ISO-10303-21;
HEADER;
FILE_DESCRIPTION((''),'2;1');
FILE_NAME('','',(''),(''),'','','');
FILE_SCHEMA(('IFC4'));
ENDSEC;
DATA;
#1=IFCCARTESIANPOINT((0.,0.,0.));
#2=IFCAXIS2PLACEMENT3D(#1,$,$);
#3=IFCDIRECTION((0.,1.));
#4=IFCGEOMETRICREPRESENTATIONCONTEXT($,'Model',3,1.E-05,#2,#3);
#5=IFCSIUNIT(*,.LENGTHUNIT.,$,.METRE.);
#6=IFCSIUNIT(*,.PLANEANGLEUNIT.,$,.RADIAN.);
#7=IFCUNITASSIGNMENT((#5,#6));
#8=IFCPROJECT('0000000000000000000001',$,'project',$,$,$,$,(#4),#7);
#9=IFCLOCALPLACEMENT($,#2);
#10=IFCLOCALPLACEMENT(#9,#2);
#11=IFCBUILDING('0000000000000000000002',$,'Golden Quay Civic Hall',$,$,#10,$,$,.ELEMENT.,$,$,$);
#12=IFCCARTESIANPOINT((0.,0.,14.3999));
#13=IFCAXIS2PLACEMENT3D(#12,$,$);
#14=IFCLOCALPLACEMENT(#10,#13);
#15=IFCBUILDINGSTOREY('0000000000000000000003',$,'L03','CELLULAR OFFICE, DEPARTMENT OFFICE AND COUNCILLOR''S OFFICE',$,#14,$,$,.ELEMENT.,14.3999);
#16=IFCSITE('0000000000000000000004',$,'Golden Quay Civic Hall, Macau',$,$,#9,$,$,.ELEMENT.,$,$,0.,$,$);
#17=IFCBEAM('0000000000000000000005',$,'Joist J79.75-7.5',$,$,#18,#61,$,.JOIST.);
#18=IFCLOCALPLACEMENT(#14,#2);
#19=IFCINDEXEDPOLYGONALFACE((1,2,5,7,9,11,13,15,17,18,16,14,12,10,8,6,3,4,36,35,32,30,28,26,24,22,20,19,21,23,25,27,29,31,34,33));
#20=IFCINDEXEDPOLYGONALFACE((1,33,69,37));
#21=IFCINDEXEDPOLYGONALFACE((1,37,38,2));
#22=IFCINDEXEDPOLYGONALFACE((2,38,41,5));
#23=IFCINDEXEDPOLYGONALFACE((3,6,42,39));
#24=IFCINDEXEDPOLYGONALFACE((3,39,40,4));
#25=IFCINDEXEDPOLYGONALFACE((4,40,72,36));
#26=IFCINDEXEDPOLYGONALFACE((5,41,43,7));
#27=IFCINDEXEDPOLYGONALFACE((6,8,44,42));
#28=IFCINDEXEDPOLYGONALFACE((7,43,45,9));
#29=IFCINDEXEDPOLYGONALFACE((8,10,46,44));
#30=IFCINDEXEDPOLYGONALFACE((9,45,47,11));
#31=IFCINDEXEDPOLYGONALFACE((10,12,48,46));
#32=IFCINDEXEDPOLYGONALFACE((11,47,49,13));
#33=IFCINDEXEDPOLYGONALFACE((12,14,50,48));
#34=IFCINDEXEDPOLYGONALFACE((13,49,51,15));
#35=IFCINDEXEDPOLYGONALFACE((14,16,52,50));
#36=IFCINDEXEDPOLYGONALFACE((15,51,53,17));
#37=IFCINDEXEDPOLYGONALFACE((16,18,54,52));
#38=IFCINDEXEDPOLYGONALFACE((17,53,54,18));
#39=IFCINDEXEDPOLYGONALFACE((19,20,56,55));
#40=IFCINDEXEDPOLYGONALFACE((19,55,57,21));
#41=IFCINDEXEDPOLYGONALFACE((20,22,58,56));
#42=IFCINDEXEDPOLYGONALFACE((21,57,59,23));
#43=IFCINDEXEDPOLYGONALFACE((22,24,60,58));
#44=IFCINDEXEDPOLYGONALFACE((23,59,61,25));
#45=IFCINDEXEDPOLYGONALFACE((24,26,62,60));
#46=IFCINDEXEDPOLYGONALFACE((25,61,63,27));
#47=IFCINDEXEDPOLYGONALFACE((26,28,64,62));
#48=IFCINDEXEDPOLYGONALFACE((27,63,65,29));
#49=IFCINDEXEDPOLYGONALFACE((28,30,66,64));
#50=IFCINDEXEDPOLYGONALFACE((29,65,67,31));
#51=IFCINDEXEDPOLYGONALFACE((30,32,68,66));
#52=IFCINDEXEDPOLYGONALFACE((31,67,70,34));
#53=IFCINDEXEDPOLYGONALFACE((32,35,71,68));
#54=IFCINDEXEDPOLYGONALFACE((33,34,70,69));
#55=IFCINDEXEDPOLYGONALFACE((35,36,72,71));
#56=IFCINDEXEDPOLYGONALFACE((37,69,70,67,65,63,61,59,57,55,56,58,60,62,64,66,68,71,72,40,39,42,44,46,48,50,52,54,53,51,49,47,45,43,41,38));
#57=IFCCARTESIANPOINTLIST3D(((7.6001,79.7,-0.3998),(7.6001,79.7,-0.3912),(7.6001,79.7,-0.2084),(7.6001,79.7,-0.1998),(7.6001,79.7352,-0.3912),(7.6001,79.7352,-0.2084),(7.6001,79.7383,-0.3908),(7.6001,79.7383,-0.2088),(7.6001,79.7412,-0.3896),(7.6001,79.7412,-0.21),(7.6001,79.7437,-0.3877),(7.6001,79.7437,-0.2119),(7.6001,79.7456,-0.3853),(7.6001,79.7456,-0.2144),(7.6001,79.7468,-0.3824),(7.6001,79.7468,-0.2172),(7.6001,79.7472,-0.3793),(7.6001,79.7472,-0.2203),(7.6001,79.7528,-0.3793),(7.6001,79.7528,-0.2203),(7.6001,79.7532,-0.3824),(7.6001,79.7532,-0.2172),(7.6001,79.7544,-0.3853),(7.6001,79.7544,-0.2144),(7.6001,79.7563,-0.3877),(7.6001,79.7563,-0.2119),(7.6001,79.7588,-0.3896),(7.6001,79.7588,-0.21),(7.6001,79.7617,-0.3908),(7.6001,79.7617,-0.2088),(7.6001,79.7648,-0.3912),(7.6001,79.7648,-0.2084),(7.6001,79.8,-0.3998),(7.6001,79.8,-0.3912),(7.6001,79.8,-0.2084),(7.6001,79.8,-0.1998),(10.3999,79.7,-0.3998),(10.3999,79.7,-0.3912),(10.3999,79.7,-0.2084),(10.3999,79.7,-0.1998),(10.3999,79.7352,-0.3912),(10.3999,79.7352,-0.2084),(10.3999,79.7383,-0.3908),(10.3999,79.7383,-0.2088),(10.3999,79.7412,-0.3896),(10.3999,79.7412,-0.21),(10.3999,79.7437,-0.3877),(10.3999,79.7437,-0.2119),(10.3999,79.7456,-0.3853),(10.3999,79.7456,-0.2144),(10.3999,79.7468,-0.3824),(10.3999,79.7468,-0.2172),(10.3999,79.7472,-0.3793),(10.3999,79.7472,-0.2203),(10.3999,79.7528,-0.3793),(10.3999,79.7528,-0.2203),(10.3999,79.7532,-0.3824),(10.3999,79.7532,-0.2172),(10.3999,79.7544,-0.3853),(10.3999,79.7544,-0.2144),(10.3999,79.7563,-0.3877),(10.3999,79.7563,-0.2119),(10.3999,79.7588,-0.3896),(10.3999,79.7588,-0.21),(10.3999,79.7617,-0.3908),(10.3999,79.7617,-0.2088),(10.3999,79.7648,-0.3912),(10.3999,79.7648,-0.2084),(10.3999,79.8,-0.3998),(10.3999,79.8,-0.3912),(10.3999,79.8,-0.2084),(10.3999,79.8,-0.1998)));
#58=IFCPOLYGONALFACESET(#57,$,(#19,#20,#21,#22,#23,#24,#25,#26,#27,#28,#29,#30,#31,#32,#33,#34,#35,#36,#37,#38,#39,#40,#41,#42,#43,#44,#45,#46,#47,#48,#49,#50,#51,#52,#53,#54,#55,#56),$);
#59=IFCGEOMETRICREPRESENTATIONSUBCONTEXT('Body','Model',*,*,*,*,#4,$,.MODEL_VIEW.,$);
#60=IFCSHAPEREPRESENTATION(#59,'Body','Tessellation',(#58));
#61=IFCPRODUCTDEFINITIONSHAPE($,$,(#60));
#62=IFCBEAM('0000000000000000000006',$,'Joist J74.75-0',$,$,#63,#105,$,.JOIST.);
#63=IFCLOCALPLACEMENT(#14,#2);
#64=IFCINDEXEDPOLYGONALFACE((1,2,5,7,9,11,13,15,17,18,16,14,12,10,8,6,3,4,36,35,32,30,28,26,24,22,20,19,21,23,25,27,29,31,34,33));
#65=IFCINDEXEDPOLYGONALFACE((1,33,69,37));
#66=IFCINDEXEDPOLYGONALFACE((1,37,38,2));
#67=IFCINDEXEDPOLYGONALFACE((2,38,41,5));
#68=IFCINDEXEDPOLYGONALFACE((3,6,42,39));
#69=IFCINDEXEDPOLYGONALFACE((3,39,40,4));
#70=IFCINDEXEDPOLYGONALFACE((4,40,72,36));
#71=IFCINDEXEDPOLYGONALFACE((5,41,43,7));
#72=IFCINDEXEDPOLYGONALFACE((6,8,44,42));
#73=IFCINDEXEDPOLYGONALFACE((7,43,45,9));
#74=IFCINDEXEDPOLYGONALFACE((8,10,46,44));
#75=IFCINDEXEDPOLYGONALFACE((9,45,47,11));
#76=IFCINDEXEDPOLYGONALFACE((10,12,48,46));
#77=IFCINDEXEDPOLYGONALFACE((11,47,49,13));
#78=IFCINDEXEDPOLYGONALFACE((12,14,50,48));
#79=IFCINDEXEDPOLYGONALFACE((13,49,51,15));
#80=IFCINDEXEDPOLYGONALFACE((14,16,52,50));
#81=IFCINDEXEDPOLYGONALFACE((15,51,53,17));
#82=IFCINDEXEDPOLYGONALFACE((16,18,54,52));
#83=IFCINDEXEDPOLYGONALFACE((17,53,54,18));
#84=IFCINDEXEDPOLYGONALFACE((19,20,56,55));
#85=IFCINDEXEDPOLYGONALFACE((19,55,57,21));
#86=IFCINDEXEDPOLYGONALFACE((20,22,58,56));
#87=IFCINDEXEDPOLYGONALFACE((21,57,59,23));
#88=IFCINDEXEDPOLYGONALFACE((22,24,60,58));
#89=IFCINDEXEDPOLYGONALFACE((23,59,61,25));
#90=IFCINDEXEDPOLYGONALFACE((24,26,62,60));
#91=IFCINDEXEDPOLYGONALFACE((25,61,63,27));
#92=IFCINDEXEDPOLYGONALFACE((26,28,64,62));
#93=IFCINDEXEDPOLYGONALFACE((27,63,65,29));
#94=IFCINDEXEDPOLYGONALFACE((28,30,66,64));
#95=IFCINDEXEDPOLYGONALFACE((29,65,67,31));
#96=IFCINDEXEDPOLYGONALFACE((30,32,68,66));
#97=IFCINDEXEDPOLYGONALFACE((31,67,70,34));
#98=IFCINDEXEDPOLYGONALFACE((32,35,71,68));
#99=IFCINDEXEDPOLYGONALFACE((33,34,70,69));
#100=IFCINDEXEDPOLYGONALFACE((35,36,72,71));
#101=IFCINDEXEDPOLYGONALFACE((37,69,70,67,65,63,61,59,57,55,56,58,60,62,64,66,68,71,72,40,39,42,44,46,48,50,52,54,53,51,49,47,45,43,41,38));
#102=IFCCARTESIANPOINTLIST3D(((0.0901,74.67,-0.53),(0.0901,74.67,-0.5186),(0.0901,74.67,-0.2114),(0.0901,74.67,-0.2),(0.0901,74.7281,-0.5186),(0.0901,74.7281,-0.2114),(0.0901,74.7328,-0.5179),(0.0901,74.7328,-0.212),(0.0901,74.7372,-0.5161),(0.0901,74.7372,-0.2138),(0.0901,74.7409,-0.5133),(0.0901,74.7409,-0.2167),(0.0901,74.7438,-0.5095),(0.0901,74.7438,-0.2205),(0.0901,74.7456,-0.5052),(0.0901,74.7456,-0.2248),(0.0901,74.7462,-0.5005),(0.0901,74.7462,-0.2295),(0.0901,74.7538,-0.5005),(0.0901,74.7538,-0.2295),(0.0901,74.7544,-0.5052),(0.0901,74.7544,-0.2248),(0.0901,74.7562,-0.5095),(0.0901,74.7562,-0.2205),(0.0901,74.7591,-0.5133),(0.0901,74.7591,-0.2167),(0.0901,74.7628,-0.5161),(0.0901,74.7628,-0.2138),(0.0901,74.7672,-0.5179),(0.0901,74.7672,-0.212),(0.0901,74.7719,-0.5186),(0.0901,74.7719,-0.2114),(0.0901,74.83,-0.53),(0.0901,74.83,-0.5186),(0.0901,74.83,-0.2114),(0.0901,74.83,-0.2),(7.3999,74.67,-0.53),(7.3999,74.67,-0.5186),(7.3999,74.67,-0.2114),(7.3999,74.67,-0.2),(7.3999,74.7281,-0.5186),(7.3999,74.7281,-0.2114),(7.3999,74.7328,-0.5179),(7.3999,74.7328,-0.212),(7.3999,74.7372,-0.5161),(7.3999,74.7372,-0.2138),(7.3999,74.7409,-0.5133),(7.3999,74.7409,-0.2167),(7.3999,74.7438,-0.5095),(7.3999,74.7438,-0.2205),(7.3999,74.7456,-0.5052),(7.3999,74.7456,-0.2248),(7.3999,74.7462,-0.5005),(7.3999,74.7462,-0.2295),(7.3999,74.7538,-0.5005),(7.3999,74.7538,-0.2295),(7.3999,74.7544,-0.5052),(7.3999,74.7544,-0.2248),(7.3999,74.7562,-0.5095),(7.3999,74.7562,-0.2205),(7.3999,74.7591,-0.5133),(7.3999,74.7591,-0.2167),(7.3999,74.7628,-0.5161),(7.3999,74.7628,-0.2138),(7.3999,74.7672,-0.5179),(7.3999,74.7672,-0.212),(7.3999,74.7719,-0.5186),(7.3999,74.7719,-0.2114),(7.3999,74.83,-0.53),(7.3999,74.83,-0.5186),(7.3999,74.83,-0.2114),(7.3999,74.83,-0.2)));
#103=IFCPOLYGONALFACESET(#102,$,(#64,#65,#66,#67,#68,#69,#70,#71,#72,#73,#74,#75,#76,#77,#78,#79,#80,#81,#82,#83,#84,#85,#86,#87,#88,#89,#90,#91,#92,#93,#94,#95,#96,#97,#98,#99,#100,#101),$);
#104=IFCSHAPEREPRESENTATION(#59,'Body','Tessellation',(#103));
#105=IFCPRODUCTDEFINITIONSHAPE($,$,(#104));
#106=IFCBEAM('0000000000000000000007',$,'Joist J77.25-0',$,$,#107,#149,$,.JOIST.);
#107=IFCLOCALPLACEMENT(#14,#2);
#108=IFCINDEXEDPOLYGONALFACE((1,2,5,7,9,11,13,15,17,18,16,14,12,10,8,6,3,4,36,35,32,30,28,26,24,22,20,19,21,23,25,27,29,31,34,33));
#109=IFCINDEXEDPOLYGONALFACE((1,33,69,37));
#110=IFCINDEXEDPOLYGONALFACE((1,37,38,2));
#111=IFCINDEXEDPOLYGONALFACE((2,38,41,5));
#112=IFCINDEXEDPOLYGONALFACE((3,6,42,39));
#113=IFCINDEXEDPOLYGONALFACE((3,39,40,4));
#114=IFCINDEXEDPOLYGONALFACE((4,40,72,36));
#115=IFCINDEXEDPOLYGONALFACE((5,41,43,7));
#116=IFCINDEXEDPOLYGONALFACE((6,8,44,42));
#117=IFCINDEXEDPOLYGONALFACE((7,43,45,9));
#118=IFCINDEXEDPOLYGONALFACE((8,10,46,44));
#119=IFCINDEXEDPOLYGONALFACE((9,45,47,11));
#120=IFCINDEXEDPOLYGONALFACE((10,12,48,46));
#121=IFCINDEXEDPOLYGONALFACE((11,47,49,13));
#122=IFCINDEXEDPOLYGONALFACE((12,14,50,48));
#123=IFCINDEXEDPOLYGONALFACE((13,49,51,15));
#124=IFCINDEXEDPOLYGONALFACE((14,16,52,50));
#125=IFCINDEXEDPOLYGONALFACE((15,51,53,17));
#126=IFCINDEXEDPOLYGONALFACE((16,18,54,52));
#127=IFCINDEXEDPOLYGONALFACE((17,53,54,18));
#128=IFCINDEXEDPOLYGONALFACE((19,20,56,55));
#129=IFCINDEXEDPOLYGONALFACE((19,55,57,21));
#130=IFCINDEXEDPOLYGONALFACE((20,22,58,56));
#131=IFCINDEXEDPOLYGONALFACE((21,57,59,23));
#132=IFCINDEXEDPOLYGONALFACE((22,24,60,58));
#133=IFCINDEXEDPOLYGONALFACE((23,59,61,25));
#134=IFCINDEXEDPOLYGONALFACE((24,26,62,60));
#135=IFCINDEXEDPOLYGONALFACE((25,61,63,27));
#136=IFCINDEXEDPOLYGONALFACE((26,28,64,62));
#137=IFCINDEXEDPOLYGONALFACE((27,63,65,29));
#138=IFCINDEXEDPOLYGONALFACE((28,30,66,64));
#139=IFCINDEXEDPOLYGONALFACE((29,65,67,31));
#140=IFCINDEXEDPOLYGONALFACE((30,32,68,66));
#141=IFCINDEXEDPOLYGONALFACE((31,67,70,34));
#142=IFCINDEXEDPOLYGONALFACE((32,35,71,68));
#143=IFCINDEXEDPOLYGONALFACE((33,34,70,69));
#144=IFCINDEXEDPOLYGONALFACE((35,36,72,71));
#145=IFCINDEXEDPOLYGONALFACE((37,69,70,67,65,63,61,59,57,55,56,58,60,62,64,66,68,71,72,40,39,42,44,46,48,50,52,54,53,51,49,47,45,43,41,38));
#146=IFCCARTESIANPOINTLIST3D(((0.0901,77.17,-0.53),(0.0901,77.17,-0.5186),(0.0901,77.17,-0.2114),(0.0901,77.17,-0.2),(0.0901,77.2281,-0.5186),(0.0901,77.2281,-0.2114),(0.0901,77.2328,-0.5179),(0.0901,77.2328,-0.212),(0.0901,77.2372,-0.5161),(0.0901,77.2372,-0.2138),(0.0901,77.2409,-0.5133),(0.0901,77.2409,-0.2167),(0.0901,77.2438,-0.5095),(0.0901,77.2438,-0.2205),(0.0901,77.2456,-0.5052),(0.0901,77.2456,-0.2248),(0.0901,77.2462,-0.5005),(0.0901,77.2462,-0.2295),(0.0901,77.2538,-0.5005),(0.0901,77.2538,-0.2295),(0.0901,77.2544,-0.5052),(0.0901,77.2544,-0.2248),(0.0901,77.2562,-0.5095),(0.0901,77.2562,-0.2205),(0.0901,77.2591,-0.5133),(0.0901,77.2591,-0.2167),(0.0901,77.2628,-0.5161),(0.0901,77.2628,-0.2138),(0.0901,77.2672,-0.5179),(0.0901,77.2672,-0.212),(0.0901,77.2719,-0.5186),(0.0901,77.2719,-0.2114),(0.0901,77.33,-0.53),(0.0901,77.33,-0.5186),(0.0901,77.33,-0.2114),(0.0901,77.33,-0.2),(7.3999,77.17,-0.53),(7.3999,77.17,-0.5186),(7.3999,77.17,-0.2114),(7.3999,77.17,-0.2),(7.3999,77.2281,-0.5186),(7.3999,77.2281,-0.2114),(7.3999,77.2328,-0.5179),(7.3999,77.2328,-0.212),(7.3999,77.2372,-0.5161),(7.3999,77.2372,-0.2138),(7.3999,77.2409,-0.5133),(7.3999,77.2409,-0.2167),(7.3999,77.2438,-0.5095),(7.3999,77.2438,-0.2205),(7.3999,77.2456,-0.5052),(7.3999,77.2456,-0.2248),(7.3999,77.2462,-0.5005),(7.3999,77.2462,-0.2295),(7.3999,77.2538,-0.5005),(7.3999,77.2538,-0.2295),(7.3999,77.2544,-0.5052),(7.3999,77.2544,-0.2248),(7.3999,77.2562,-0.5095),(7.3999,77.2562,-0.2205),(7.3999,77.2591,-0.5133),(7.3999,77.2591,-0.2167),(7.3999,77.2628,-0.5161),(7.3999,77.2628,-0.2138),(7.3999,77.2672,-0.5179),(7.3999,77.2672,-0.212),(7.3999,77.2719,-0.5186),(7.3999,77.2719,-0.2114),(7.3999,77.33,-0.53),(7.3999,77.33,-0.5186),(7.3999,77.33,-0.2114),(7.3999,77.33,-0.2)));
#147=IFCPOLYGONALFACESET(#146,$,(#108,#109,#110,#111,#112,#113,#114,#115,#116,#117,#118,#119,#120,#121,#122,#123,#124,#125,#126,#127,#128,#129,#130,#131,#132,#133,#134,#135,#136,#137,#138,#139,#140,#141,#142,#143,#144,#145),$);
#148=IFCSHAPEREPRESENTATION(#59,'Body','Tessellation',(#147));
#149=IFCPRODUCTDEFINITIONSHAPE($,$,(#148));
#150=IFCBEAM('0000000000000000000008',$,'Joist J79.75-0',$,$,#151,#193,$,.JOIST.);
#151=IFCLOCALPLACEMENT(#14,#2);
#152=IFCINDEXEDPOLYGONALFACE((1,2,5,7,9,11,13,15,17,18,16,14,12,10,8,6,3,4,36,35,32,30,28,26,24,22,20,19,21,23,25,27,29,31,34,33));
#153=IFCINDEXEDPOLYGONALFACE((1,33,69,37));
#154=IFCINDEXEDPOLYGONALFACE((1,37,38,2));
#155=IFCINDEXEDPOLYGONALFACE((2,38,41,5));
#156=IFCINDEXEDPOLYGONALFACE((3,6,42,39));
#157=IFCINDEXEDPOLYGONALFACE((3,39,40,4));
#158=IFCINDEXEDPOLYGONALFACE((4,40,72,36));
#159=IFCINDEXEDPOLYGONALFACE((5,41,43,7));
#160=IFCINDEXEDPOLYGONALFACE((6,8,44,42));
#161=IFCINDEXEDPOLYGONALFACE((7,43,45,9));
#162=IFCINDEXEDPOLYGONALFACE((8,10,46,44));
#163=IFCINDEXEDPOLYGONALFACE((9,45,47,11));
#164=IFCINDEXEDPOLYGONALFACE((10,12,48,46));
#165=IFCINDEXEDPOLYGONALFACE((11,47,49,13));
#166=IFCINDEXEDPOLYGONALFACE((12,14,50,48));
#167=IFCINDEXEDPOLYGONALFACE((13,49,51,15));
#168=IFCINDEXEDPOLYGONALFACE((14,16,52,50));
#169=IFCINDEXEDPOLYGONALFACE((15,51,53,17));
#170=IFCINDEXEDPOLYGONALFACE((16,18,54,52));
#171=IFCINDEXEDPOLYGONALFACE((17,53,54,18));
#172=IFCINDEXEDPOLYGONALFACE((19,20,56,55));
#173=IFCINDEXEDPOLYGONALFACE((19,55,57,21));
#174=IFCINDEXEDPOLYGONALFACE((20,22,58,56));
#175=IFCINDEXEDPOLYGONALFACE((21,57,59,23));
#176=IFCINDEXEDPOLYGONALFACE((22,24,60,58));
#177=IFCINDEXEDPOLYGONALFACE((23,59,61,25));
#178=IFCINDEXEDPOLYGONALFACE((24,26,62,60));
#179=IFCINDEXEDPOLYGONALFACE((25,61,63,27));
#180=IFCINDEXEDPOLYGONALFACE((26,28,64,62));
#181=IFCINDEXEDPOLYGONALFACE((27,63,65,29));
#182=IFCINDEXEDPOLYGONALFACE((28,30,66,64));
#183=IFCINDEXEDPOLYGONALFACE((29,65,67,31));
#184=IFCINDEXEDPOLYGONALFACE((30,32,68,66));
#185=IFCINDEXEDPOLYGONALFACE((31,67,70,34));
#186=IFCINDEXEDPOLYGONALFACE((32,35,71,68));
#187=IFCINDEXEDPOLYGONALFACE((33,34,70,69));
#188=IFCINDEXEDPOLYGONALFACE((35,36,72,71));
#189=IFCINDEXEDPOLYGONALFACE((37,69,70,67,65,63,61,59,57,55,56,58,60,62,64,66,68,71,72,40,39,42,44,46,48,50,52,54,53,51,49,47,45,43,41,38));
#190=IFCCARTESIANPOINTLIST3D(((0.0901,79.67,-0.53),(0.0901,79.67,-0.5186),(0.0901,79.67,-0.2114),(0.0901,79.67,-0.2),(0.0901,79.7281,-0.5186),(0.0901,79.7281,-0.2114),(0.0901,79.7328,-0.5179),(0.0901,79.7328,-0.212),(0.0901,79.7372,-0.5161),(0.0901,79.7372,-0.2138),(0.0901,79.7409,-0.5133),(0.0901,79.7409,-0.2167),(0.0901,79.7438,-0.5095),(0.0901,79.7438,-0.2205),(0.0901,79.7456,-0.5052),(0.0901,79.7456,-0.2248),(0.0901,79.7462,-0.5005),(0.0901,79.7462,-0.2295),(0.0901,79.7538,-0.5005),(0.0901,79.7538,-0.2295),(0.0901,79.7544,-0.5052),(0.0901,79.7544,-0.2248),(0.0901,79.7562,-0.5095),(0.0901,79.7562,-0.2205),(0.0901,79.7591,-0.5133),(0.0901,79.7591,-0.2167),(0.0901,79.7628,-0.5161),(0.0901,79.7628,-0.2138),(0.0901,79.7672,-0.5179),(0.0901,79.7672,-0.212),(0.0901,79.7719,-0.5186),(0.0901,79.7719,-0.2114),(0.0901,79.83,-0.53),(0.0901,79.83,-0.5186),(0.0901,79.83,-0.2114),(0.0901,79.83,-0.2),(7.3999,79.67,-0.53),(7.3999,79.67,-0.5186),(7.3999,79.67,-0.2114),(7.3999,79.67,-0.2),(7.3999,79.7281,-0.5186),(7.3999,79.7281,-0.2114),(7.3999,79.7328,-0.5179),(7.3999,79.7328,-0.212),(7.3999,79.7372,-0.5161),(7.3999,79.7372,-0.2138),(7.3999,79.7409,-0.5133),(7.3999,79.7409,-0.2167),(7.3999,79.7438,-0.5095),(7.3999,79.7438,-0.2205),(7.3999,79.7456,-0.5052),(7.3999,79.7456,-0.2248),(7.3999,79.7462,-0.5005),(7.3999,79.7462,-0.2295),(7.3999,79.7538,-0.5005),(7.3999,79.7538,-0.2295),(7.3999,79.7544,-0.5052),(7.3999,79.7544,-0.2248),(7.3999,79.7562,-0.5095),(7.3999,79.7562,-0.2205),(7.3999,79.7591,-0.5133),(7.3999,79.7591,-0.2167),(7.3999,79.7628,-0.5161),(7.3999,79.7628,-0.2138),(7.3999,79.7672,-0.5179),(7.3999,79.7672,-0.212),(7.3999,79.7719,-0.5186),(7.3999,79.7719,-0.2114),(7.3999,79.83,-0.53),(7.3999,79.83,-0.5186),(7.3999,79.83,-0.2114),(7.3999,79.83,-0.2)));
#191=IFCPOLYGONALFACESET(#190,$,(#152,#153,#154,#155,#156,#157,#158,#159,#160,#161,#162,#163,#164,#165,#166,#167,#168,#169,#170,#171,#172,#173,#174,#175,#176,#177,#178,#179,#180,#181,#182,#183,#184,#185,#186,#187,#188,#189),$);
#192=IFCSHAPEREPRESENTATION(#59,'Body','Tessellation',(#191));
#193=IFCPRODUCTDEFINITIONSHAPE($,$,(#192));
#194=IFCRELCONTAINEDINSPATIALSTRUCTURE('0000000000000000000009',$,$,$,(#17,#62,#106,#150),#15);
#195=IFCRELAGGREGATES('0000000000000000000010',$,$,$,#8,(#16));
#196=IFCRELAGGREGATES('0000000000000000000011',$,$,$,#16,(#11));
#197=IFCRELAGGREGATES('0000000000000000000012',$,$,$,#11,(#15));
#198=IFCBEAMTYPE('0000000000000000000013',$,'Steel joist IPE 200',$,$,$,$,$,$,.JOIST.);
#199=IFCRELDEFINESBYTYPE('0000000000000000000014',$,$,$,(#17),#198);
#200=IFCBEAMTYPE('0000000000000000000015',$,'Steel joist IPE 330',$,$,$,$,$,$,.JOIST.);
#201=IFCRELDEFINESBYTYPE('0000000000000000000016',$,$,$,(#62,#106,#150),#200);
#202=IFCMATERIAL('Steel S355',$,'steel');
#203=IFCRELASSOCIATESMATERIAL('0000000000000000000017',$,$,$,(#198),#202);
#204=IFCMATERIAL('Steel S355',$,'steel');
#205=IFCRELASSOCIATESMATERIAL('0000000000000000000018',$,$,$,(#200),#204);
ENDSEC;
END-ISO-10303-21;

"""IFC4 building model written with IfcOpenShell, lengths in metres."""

from ifc_helpers import new_model, si_unit, direction, frame, origin, origin_2d, place, context, subcontext, project, spatial, i_section, extrude, material, material_profile, profile_set, type_object, element, save


model = new_model("IFC4")

# Units and contexts
model_context = context("Model", 3, precision=1e-05, world=origin(), true_north=direction((0.0, 1.0)))
body_context = subcontext(model_context, "Body", "Model", "MODEL_VIEW")
ifc_project = project(units=[si_unit("LENGTHUNIT", "METRE"), si_unit("PLANEANGLEUNIT", "RADIAN")], contexts=[model_context])

# Site, building, storey
site_placement = place(None, origin())
site = spatial("IfcSite", under=ifc_project, at=site_placement, Name="Golden Quay Civic Hall, Macau", CompositionType="ELEMENT", RefElevation=0.0)
building_placement = place(site_placement, origin())
building = spatial("IfcBuilding", under=site, at=building_placement, Name="Golden Quay Civic Hall", CompositionType="ELEMENT")
storey_placement = place(building_placement, frame((0.0, 0.0, 14.3999)))
storey = spatial("IfcBuildingStorey", under=building, at=storey_placement, Name="L03", Description="CELLULAR OFFICE, DEPARTMENT OFFICE AND COUNCILLOR'S OFFICE", CompositionType="ELEMENT", Elevation=14.3999)

# Beams
ifc_material_1 = material(Name="Steel S355", Category="steel")
ifc_material_profile_1 = material_profile(ifc_material_1, i_section(OverallWidth=0.1001, OverallDepth=0.2, WebThickness=0.0056, FlangeThickness=0.0085, FilletRadius=0.012, at=origin_2d()), Name="IPE 200")
ifc_profile_set_1 = profile_set([ifc_material_profile_1], Name="Steel S355")
beam_type_1 = type_object("IfcBeamType", Name="Steel joist IPE 200", PredefinedType="JOIST", material=ifc_profile_set_1)
for number, where, z_axis, x_axis, name in (
    (1, (7.6001, 79.75, -0.2998), (1.0, 0.0, 0.0), (0.0, 1.0, 0.0), "Joist J79.75-7.5"),
):
    element("IfcBeam", number, at=place(storey_placement, frame(where, z_axis=z_axis, x_axis=x_axis)), inside=storey, type_object=beam_type_1, Name=name, PredefinedType="JOIST", context=body_context, shape_type="SweptSolid", body=[
        extrude(i_section(OverallWidth=0.1001, OverallDepth=0.2, WebThickness=0.0056, FlangeThickness=0.0085, FilletRadius=0.012, at=origin_2d()), origin(), (0.0, 0.0, 1.0), 2.7998),
    ])
ifc_material_2 = material(Name="Steel S355", Category="steel")
ifc_material_profile_2 = material_profile(ifc_material_2, i_section(OverallWidth=0.1599, OverallDepth=0.3301, WebThickness=0.0076, FlangeThickness=0.0115, FilletRadius=0.0181, at=origin_2d()), Name="IPE 330")
ifc_profile_set_2 = profile_set([ifc_material_profile_2], Name="Steel S355")
beam_type_2 = type_object("IfcBeamType", Name="Steel joist IPE 330", PredefinedType="JOIST", material=ifc_profile_set_2)
for number, where, z_axis, x_axis, name in (
    (2, (0.0901, 74.75, -0.365), (1.0, 0.0, 0.0), (0.0, 1.0, 0.0), "Joist J74.75-0"),
    (3, (0.0901, 77.25, -0.365), (1.0, 0.0, 0.0), (0.0, 1.0, 0.0), "Joist J77.25-0"),
    (4, (0.0901, 79.75, -0.365), (1.0, 0.0, 0.0), (0.0, 1.0, 0.0), "Joist J79.75-0"),
):
    element("IfcBeam", number, at=place(storey_placement, frame(where, z_axis=z_axis, x_axis=x_axis)), inside=storey, type_object=beam_type_2, Name=name, PredefinedType="JOIST", context=body_context, shape_type="SweptSolid", body=[
        extrude(i_section(OverallWidth=0.1599, OverallDepth=0.3301, WebThickness=0.0076, FlangeThickness=0.0115, FilletRadius=0.0181, at=origin_2d()), origin(), (0.0, 0.0, 1.0), 7.3098),
    ])

save(model, "model.ifc")
